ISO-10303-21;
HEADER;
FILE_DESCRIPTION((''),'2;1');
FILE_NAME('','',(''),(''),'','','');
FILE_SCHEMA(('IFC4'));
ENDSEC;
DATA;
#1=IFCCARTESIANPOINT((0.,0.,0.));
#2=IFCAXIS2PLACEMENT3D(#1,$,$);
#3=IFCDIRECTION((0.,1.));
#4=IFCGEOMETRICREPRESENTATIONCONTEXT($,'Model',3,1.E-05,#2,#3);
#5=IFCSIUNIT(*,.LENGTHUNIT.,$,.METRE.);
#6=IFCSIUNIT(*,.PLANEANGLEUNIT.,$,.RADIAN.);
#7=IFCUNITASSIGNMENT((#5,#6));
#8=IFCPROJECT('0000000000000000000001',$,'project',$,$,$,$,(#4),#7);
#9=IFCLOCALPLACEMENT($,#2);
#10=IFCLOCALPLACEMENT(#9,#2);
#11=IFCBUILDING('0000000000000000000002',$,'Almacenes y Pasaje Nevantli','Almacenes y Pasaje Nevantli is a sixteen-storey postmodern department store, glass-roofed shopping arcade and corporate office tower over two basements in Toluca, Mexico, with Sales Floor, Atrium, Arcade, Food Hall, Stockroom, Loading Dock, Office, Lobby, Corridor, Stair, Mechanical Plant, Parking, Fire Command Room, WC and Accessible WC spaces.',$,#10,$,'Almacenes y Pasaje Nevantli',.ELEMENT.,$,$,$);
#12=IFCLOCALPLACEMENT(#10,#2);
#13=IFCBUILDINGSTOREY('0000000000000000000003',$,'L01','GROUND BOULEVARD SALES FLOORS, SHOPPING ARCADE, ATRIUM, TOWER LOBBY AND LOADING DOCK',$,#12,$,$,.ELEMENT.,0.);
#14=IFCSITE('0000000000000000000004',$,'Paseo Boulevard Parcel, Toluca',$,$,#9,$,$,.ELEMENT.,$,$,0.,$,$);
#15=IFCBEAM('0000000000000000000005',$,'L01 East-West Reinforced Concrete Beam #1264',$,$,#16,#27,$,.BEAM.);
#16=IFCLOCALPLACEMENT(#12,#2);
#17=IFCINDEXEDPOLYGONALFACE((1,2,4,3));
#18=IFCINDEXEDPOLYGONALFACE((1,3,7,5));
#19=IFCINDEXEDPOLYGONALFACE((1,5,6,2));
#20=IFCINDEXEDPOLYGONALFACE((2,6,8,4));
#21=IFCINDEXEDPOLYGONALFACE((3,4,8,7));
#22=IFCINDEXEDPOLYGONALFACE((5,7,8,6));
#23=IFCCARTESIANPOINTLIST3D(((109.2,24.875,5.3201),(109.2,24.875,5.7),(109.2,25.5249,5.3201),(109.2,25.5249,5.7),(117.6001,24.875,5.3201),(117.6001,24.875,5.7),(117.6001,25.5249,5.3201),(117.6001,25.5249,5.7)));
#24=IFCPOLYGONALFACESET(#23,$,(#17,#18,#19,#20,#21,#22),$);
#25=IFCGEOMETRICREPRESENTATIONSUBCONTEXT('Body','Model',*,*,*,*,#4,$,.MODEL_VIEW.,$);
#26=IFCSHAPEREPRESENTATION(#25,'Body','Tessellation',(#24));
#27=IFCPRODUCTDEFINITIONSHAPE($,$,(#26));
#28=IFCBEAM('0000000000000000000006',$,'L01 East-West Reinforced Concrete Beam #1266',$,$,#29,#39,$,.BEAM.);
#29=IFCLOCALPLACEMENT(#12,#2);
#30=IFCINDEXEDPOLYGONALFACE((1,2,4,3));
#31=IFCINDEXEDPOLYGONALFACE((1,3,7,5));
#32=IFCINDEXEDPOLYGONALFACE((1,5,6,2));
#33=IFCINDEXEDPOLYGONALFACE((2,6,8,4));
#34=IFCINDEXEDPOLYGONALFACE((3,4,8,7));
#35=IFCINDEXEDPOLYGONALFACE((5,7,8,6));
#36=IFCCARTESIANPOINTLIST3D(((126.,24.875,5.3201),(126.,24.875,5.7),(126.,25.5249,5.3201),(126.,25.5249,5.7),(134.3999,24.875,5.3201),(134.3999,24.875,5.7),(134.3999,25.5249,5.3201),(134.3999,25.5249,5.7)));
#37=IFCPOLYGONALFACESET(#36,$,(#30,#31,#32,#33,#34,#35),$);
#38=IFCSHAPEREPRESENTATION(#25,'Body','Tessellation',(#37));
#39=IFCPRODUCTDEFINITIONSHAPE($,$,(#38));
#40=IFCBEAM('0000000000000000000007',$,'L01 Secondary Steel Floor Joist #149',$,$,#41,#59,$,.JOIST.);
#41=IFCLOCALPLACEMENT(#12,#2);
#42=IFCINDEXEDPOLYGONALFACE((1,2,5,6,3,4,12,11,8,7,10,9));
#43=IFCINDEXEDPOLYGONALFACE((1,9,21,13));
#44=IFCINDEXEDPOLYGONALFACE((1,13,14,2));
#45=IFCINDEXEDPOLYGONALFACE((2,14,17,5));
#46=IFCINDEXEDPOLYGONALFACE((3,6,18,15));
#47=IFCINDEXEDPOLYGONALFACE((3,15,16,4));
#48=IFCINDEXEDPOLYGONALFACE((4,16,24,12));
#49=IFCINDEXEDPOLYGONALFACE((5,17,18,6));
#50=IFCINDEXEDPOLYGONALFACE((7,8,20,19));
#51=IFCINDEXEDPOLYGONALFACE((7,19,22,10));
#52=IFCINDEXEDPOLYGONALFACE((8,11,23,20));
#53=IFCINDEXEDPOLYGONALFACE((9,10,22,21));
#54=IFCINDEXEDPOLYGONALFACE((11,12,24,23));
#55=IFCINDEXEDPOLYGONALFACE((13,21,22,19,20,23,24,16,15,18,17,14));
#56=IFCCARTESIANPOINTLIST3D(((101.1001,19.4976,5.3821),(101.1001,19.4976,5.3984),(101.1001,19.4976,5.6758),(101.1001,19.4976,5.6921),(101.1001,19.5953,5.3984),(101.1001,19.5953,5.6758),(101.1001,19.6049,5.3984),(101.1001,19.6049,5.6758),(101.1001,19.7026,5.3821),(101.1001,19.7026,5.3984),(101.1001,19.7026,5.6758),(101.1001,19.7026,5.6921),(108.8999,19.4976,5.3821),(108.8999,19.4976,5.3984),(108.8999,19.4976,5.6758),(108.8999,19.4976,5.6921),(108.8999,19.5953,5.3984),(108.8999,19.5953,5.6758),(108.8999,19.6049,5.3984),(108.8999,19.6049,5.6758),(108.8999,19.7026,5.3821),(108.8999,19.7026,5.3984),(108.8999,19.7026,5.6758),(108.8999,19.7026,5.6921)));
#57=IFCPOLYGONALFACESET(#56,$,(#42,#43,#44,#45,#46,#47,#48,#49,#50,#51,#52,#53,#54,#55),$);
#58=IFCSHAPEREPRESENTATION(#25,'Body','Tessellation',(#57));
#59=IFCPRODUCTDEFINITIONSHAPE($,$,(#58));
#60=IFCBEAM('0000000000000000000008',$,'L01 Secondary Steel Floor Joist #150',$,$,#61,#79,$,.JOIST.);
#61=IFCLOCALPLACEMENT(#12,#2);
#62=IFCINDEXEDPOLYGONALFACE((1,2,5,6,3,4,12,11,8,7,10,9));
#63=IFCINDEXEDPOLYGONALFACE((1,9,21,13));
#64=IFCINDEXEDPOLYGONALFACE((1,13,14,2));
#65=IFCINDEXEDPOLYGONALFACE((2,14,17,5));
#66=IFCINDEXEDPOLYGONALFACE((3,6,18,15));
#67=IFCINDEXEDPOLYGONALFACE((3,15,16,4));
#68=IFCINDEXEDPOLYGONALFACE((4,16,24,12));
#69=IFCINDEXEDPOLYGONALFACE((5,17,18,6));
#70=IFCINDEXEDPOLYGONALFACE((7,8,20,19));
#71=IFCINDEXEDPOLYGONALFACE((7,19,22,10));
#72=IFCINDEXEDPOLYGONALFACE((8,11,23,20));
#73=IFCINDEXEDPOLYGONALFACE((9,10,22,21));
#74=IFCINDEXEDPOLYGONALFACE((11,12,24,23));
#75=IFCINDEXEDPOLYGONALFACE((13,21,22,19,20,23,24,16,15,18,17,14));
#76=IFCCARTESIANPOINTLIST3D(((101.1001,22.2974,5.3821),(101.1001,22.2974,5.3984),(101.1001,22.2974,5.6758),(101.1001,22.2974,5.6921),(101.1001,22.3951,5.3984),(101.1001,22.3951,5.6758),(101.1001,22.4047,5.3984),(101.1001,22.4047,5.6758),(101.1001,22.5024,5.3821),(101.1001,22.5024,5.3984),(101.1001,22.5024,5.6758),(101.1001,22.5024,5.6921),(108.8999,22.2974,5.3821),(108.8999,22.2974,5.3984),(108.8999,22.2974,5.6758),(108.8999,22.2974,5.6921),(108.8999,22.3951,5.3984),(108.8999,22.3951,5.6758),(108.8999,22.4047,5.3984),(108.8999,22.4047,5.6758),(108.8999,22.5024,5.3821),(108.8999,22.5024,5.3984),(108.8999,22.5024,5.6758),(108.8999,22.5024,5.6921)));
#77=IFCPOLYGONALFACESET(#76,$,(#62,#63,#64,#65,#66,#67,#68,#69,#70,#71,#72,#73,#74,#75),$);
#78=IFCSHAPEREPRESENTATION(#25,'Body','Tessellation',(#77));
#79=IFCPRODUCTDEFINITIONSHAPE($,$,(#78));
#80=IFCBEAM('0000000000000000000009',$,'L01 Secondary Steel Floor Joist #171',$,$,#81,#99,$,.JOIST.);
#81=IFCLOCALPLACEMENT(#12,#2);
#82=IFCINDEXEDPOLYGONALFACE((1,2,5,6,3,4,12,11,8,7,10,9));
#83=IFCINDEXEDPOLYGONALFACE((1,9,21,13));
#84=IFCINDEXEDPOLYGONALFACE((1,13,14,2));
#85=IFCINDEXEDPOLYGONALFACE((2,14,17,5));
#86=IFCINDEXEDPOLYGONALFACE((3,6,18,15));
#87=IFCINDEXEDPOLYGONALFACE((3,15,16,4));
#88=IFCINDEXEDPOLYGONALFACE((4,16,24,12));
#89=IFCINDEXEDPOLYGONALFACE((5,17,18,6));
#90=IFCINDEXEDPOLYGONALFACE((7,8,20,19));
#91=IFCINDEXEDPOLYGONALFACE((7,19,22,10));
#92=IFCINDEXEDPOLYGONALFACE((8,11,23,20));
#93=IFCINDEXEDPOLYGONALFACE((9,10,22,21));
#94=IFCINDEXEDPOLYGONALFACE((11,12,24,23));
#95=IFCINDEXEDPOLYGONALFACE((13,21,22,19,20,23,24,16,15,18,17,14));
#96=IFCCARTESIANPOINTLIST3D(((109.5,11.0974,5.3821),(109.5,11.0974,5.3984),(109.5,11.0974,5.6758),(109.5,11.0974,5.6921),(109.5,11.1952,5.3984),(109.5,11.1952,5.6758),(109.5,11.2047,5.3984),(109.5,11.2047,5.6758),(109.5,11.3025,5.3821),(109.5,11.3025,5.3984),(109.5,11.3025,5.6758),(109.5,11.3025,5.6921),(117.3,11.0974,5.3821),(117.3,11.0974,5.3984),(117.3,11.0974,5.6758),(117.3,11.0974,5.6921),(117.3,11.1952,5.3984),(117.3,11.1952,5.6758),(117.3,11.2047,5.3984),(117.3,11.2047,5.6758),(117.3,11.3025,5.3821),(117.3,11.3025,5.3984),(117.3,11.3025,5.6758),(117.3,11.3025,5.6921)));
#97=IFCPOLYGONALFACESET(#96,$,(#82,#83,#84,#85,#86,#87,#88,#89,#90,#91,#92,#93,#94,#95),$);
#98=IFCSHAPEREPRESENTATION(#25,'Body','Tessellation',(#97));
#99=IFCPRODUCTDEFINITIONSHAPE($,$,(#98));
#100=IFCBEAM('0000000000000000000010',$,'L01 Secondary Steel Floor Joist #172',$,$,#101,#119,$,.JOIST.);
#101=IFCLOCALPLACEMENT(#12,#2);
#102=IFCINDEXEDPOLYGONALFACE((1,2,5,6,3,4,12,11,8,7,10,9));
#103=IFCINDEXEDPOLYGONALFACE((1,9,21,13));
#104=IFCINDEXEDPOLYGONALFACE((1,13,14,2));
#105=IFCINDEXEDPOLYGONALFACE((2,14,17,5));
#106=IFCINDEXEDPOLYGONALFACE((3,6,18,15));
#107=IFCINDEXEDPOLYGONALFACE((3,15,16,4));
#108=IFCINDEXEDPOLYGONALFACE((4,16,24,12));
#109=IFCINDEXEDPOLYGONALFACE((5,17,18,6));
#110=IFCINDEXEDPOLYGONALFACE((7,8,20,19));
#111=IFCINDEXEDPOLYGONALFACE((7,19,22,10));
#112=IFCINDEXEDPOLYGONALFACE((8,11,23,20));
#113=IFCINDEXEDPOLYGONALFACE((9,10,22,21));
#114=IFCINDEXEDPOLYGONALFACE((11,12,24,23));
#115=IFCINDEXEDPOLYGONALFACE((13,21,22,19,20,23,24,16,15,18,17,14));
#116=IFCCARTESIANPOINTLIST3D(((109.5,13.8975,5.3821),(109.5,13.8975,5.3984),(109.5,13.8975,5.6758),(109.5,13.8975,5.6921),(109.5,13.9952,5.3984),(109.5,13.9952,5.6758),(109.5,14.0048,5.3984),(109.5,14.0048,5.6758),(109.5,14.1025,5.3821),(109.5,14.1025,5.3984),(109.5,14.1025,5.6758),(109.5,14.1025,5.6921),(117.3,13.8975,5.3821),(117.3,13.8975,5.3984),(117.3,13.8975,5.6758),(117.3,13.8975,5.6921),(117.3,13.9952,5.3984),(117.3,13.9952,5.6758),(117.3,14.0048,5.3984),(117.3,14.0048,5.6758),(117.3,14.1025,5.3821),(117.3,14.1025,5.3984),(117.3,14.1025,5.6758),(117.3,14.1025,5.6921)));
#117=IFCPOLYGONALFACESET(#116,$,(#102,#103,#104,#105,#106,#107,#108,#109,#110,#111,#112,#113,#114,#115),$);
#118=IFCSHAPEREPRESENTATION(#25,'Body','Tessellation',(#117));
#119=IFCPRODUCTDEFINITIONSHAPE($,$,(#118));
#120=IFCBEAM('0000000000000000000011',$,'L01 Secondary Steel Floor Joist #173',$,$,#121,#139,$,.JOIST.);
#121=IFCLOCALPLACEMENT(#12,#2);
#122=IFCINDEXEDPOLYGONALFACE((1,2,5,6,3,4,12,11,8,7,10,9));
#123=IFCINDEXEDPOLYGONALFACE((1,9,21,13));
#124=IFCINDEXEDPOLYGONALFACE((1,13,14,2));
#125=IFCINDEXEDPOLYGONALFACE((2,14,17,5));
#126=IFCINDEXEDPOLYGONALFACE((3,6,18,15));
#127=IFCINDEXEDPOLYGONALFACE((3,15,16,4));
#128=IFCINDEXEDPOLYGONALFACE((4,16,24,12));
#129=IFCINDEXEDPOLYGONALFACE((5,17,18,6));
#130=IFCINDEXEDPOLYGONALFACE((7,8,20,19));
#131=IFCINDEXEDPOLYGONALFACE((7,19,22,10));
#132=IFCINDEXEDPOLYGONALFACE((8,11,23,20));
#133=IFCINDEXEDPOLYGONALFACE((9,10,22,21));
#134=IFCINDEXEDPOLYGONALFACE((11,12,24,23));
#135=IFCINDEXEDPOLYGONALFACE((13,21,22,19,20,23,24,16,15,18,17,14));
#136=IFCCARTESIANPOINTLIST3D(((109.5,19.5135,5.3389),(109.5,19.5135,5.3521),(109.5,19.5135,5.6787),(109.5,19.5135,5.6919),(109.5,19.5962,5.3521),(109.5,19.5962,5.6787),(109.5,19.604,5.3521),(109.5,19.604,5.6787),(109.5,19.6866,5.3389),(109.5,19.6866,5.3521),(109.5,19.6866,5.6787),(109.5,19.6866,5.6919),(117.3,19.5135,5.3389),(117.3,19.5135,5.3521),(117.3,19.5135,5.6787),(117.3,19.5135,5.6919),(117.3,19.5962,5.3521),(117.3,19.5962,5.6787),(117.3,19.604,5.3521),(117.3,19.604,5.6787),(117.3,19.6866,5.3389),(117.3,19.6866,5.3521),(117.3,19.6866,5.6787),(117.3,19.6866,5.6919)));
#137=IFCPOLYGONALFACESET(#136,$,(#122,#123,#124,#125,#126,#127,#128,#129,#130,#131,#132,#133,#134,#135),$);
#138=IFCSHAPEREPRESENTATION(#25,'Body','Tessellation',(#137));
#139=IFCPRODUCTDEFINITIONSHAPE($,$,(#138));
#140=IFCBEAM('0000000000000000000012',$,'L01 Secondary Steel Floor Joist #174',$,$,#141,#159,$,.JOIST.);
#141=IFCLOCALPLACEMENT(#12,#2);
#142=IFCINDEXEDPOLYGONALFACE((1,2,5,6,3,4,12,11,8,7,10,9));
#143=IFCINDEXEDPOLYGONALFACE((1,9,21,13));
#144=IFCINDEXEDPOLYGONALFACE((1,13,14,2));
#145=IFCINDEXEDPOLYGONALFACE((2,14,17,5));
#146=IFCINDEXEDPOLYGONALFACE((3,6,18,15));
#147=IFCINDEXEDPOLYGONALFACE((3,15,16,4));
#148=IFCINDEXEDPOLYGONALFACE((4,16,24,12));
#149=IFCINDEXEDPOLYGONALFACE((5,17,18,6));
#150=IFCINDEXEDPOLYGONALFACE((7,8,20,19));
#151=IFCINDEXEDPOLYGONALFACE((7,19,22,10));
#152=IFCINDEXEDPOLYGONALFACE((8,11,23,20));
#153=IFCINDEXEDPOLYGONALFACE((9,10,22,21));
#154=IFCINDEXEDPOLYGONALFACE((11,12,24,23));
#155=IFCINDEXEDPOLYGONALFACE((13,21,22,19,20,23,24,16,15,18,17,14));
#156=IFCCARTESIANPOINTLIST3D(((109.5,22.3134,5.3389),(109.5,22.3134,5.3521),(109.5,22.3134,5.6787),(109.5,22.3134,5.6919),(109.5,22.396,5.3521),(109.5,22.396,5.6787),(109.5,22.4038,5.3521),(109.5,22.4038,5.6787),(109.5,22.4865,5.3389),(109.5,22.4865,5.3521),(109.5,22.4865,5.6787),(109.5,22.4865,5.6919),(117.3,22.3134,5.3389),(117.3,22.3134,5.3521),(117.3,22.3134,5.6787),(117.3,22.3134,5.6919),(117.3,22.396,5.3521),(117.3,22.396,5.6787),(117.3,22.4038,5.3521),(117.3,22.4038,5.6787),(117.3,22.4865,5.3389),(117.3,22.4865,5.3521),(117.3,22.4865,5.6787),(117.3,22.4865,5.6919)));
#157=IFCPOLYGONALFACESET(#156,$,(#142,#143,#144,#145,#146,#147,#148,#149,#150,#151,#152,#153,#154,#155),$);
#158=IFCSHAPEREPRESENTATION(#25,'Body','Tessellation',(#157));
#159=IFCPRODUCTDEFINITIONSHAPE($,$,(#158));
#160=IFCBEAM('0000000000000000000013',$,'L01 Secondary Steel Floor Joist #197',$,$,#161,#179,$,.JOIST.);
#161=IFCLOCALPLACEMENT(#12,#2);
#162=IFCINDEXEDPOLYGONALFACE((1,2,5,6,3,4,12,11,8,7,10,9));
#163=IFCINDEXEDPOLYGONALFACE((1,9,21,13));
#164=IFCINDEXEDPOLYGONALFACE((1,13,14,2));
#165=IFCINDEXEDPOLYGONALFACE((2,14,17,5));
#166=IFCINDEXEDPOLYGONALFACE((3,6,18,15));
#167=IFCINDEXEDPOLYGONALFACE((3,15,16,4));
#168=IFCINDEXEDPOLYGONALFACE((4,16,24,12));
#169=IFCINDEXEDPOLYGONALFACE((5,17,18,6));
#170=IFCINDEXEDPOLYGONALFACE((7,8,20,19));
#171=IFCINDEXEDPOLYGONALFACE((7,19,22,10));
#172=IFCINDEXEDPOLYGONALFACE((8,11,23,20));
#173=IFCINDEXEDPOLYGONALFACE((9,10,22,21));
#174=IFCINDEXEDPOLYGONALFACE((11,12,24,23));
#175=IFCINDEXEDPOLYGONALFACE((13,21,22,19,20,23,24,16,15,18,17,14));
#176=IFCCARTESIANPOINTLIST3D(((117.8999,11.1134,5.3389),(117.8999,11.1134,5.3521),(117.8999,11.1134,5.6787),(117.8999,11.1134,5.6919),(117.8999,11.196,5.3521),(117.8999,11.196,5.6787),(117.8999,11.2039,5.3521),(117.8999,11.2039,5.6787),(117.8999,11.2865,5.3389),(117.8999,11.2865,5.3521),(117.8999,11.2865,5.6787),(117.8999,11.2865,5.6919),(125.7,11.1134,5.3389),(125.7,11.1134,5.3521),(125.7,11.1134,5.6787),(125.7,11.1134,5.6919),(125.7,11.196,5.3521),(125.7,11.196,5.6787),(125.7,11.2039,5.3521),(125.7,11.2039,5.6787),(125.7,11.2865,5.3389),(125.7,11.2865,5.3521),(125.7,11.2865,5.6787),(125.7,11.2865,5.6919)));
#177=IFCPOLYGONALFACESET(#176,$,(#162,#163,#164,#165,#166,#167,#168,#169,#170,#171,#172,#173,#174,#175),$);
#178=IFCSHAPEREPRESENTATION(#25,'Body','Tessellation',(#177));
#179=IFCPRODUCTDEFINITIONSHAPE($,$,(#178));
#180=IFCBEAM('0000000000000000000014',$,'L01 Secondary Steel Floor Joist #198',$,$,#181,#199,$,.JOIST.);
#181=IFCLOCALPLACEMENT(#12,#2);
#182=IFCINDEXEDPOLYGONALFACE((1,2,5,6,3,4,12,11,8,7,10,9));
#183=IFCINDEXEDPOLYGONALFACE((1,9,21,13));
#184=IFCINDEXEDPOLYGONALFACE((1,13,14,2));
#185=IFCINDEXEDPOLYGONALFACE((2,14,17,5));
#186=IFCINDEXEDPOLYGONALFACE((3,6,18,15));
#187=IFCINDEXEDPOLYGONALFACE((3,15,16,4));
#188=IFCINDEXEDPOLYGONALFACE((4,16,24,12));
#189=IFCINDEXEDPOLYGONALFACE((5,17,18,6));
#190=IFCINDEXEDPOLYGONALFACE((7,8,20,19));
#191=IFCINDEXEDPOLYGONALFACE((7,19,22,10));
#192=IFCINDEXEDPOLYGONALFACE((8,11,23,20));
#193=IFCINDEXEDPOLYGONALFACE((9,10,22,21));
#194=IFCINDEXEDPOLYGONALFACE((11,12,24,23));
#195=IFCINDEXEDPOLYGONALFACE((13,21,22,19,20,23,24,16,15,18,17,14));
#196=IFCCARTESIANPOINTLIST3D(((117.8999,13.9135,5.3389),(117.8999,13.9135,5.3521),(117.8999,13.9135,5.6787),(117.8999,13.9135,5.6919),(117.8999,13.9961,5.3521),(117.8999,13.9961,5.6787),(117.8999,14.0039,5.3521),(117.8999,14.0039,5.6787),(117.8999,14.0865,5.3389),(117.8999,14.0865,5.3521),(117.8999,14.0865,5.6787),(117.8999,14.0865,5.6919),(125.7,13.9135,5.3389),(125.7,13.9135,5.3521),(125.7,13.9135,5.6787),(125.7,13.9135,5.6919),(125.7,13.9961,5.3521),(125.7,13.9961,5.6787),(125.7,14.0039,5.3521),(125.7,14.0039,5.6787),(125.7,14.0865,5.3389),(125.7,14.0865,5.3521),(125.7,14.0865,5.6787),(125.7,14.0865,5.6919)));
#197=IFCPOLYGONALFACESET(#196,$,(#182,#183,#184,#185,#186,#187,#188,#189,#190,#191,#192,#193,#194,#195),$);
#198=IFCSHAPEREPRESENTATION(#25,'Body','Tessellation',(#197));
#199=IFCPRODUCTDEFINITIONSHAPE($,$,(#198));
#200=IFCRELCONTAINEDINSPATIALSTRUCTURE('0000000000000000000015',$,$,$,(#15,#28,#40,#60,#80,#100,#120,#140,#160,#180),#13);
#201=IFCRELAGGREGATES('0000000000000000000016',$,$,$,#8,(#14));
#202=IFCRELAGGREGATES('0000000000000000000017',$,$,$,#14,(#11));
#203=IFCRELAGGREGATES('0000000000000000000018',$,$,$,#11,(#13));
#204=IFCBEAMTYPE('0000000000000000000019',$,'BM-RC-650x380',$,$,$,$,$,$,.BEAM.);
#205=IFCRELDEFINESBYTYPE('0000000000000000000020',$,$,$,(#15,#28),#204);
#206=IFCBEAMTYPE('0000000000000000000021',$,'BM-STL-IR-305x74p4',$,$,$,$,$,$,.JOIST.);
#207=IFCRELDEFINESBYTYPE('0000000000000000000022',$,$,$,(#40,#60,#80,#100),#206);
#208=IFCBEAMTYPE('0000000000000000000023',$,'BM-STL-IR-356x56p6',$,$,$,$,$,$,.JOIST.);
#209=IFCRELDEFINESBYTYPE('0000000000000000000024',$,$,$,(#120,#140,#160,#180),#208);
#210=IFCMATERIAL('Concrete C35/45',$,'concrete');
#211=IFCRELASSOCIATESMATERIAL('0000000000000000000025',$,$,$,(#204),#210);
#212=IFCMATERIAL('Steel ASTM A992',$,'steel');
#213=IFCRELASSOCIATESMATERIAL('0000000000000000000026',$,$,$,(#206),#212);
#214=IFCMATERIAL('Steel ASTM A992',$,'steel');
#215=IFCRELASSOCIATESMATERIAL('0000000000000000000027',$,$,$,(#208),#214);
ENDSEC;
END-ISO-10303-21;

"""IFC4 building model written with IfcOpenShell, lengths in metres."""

from ifc_helpers import new_model, si_unit, direction, frame, origin, origin_2d, place, context, subcontext, project, spatial, rectangle, i_section, extrude, material, material_profile, profile_set, type_object, element, save


model = new_model("IFC4")

# Units and contexts
model_context = context("Model", 3, precision=1e-05, world=origin(), true_north=direction((0.0, 1.0)))
body_context = subcontext(model_context, "Body", "Model", "MODEL_VIEW")
ifc_project = project(units=[si_unit("LENGTHUNIT", "METRE"), si_unit("PLANEANGLEUNIT", "RADIAN")], contexts=[model_context])

# Site, building, storey
site_placement = place(None, origin())
site = spatial("IfcSite", under=ifc_project, at=site_placement, Name="Paseo Boulevard Parcel, Toluca", CompositionType="ELEMENT", RefElevation=0.0)
building_placement = place(site_placement, origin())
building = spatial("IfcBuilding", under=site, at=building_placement, Name="Almacenes y Pasaje Nevantli", Description="Almacenes y Pasaje Nevantli is a sixteen-storey postmodern department store, glass-roofed shopping arcade and corporate office tower over two basements in Toluca, Mexico, with Sales Floor, Atrium, Arcade, Food Hall, Stockroom, Loading Dock, Office, Lobby, Corridor, Stair, Mechanical Plant, Parking, Fire Command Room, WC and Accessible WC spaces.", LongName="Almacenes y Pasaje Nevantli", CompositionType="ELEMENT")
storey_placement = place(building_placement, origin())
storey = spatial("IfcBuildingStorey", under=building, at=storey_placement, Name="L01", Description="GROUND BOULEVARD SALES FLOORS, SHOPPING ARCADE, ATRIUM, TOWER LOBBY AND LOADING DOCK", CompositionType="ELEMENT", Elevation=0.0)

# Beams
ifc_material_1 = material(Name="Concrete C35/45", Category="concrete")
ifc_material_profile_1 = material_profile(ifc_material_1, rectangle(XDim=0.6499, YDim=0.3799, at=origin_2d()), Name="RC-BM-650x380")
ifc_profile_set_1 = profile_set([ifc_material_profile_1], Name="Concrete C35/45")
beam_type_1 = type_object("IfcBeamType", Name="BM-RC-650x380", PredefinedType="BEAM", material=ifc_profile_set_1)
beam_1_placement = place(storey_placement, frame((109.2, 25.2, 5.51), z_axis=(1.0, 0.0, 0.0), x_axis=(0.0, 1.0, 0.0)))
element("IfcBeam", 1, at=beam_1_placement, inside=storey, type_object=beam_type_1, Name="L01 East-West Reinforced Concrete Beam #1264", PredefinedType="BEAM", context=body_context, shape_type="SweptSolid", body=[
    extrude(rectangle(XDim=0.6499, YDim=0.3799, at=origin_2d()), origin(), (0.0, 0.0, 1.0), 8.4001),
])
beam_2_placement = place(storey_placement, frame((126.0, 25.2, 5.51), z_axis=(1.0, 0.0, 0.0), x_axis=(0.0, 1.0, 0.0)))
element("IfcBeam", 2, at=beam_2_placement, inside=storey, type_object=beam_type_1, Name="L01 East-West Reinforced Concrete Beam #1266", PredefinedType="BEAM", context=body_context, shape_type="SweptSolid", body=[
    extrude(rectangle(XDim=0.6499, YDim=0.3799, at=origin_2d()), origin(), (0.0, 0.0, 1.0), 8.3999),
])
ifc_material_2 = material(Name="Steel ASTM A992", Category="steel")
ifc_material_profile_2 = material_profile(ifc_material_2, i_section(OverallWidth=0.2051, OverallDepth=0.3101, WebThickness=0.0095, FlangeThickness=0.0164, at=origin_2d()), Name="IR 305x74.4")
ifc_profile_set_2 = profile_set([ifc_material_profile_2], Name="Steel ASTM A992")
beam_type_2 = type_object("IfcBeamType", Name="BM-STL-IR-305x74p4", PredefinedType="JOIST", material=ifc_profile_set_2)
for number, where, z_axis, x_axis, name in (
    (3, (101.1001, 19.6001, 5.5371), (1.0, 0.0, 0.0), (0.0, 1.0, 0.0), "L01 Secondary Steel Floor Joist #149"),
    (4, (101.1001, 22.3999, 5.5371), (1.0, 0.0, 0.0), (0.0, 1.0, 0.0), "L01 Secondary Steel Floor Joist #150"),
):
    element("IfcBeam", number, at=place(storey_placement, frame(where, z_axis=z_axis, x_axis=x_axis)), inside=storey, type_object=beam_type_2, Name=name, PredefinedType="JOIST", context=body_context, shape_type="SweptSolid", body=[
        extrude(i_section(OverallWidth=0.2051, OverallDepth=0.3101, WebThickness=0.0095, FlangeThickness=0.0164, at=origin_2d()), origin(), (0.0, 0.0, 1.0), 7.7998),
    ])
for number, where, z_axis, x_axis, name in (
    (5, (109.5, 11.2, 5.5371), (1.0, 0.0, 0.0), (0.0, 1.0, 0.0), "L01 Secondary Steel Floor Joist #171"),
    (6, (109.5, 14.0, 5.5371), (1.0, 0.0, 0.0), (0.0, 1.0, 0.0), "L01 Secondary Steel Floor Joist #172"),
):
    element("IfcBeam", number, at=place(storey_placement, frame(where, z_axis=z_axis, x_axis=x_axis)), inside=storey, type_object=beam_type_2, Name=name, PredefinedType="JOIST", context=body_context, shape_type="SweptSolid", body=[
        extrude(i_section(OverallWidth=0.2051, OverallDepth=0.3101, WebThickness=0.0095, FlangeThickness=0.0164, at=origin_2d()), origin(), (0.0, 0.0, 1.0), 7.8),
    ])
ifc_material_3 = material(Name="Steel ASTM A992", Category="steel")
ifc_material_profile_3 = material_profile(ifc_material_3, i_section(OverallWidth=0.1731, OverallDepth=0.353, WebThickness=0.0078, FlangeThickness=0.0132, at=origin_2d()), Name="IR 356x56.6")
ifc_profile_set_3 = profile_set([ifc_material_profile_3], Name="Steel ASTM A992")
beam_type_3 = type_object("IfcBeamType", Name="BM-STL-IR-356x56p6", PredefinedType="JOIST", material=ifc_profile_set_3)
for number, where, z_axis, x_axis, name in (
    (7, (109.5, 19.6001, 5.5154), (1.0, 0.0, 0.0), (0.0, 1.0, 0.0), "L01 Secondary Steel Floor Joist #173"),
    (8, (109.5, 22.3999, 5.5154), (1.0, 0.0, 0.0), (0.0, 1.0, 0.0), "L01 Secondary Steel Floor Joist #174"),
    (9, (117.8999, 11.2, 5.5154), (1.0, 0.0, 0.0), (0.0, 1.0, 0.0), "L01 Secondary Steel Floor Joist #197"),
    (10, (117.8999, 14.0, 5.5154), (1.0, 0.0, 0.0), (0.0, 1.0, 0.0), "L01 Secondary Steel Floor Joist #198"),
):
    element("IfcBeam", number, at=place(storey_placement, frame(where, z_axis=z_axis, x_axis=x_axis)), inside=storey, type_object=beam_type_3, Name=name, PredefinedType="JOIST", context=body_context, shape_type="SweptSolid", body=[
        extrude(i_section(OverallWidth=0.1731, OverallDepth=0.353, WebThickness=0.0078, FlangeThickness=0.0132, at=origin_2d()), origin(), (0.0, 0.0, 1.0), 7.8),
    ])

save(model, "model.ifc")
